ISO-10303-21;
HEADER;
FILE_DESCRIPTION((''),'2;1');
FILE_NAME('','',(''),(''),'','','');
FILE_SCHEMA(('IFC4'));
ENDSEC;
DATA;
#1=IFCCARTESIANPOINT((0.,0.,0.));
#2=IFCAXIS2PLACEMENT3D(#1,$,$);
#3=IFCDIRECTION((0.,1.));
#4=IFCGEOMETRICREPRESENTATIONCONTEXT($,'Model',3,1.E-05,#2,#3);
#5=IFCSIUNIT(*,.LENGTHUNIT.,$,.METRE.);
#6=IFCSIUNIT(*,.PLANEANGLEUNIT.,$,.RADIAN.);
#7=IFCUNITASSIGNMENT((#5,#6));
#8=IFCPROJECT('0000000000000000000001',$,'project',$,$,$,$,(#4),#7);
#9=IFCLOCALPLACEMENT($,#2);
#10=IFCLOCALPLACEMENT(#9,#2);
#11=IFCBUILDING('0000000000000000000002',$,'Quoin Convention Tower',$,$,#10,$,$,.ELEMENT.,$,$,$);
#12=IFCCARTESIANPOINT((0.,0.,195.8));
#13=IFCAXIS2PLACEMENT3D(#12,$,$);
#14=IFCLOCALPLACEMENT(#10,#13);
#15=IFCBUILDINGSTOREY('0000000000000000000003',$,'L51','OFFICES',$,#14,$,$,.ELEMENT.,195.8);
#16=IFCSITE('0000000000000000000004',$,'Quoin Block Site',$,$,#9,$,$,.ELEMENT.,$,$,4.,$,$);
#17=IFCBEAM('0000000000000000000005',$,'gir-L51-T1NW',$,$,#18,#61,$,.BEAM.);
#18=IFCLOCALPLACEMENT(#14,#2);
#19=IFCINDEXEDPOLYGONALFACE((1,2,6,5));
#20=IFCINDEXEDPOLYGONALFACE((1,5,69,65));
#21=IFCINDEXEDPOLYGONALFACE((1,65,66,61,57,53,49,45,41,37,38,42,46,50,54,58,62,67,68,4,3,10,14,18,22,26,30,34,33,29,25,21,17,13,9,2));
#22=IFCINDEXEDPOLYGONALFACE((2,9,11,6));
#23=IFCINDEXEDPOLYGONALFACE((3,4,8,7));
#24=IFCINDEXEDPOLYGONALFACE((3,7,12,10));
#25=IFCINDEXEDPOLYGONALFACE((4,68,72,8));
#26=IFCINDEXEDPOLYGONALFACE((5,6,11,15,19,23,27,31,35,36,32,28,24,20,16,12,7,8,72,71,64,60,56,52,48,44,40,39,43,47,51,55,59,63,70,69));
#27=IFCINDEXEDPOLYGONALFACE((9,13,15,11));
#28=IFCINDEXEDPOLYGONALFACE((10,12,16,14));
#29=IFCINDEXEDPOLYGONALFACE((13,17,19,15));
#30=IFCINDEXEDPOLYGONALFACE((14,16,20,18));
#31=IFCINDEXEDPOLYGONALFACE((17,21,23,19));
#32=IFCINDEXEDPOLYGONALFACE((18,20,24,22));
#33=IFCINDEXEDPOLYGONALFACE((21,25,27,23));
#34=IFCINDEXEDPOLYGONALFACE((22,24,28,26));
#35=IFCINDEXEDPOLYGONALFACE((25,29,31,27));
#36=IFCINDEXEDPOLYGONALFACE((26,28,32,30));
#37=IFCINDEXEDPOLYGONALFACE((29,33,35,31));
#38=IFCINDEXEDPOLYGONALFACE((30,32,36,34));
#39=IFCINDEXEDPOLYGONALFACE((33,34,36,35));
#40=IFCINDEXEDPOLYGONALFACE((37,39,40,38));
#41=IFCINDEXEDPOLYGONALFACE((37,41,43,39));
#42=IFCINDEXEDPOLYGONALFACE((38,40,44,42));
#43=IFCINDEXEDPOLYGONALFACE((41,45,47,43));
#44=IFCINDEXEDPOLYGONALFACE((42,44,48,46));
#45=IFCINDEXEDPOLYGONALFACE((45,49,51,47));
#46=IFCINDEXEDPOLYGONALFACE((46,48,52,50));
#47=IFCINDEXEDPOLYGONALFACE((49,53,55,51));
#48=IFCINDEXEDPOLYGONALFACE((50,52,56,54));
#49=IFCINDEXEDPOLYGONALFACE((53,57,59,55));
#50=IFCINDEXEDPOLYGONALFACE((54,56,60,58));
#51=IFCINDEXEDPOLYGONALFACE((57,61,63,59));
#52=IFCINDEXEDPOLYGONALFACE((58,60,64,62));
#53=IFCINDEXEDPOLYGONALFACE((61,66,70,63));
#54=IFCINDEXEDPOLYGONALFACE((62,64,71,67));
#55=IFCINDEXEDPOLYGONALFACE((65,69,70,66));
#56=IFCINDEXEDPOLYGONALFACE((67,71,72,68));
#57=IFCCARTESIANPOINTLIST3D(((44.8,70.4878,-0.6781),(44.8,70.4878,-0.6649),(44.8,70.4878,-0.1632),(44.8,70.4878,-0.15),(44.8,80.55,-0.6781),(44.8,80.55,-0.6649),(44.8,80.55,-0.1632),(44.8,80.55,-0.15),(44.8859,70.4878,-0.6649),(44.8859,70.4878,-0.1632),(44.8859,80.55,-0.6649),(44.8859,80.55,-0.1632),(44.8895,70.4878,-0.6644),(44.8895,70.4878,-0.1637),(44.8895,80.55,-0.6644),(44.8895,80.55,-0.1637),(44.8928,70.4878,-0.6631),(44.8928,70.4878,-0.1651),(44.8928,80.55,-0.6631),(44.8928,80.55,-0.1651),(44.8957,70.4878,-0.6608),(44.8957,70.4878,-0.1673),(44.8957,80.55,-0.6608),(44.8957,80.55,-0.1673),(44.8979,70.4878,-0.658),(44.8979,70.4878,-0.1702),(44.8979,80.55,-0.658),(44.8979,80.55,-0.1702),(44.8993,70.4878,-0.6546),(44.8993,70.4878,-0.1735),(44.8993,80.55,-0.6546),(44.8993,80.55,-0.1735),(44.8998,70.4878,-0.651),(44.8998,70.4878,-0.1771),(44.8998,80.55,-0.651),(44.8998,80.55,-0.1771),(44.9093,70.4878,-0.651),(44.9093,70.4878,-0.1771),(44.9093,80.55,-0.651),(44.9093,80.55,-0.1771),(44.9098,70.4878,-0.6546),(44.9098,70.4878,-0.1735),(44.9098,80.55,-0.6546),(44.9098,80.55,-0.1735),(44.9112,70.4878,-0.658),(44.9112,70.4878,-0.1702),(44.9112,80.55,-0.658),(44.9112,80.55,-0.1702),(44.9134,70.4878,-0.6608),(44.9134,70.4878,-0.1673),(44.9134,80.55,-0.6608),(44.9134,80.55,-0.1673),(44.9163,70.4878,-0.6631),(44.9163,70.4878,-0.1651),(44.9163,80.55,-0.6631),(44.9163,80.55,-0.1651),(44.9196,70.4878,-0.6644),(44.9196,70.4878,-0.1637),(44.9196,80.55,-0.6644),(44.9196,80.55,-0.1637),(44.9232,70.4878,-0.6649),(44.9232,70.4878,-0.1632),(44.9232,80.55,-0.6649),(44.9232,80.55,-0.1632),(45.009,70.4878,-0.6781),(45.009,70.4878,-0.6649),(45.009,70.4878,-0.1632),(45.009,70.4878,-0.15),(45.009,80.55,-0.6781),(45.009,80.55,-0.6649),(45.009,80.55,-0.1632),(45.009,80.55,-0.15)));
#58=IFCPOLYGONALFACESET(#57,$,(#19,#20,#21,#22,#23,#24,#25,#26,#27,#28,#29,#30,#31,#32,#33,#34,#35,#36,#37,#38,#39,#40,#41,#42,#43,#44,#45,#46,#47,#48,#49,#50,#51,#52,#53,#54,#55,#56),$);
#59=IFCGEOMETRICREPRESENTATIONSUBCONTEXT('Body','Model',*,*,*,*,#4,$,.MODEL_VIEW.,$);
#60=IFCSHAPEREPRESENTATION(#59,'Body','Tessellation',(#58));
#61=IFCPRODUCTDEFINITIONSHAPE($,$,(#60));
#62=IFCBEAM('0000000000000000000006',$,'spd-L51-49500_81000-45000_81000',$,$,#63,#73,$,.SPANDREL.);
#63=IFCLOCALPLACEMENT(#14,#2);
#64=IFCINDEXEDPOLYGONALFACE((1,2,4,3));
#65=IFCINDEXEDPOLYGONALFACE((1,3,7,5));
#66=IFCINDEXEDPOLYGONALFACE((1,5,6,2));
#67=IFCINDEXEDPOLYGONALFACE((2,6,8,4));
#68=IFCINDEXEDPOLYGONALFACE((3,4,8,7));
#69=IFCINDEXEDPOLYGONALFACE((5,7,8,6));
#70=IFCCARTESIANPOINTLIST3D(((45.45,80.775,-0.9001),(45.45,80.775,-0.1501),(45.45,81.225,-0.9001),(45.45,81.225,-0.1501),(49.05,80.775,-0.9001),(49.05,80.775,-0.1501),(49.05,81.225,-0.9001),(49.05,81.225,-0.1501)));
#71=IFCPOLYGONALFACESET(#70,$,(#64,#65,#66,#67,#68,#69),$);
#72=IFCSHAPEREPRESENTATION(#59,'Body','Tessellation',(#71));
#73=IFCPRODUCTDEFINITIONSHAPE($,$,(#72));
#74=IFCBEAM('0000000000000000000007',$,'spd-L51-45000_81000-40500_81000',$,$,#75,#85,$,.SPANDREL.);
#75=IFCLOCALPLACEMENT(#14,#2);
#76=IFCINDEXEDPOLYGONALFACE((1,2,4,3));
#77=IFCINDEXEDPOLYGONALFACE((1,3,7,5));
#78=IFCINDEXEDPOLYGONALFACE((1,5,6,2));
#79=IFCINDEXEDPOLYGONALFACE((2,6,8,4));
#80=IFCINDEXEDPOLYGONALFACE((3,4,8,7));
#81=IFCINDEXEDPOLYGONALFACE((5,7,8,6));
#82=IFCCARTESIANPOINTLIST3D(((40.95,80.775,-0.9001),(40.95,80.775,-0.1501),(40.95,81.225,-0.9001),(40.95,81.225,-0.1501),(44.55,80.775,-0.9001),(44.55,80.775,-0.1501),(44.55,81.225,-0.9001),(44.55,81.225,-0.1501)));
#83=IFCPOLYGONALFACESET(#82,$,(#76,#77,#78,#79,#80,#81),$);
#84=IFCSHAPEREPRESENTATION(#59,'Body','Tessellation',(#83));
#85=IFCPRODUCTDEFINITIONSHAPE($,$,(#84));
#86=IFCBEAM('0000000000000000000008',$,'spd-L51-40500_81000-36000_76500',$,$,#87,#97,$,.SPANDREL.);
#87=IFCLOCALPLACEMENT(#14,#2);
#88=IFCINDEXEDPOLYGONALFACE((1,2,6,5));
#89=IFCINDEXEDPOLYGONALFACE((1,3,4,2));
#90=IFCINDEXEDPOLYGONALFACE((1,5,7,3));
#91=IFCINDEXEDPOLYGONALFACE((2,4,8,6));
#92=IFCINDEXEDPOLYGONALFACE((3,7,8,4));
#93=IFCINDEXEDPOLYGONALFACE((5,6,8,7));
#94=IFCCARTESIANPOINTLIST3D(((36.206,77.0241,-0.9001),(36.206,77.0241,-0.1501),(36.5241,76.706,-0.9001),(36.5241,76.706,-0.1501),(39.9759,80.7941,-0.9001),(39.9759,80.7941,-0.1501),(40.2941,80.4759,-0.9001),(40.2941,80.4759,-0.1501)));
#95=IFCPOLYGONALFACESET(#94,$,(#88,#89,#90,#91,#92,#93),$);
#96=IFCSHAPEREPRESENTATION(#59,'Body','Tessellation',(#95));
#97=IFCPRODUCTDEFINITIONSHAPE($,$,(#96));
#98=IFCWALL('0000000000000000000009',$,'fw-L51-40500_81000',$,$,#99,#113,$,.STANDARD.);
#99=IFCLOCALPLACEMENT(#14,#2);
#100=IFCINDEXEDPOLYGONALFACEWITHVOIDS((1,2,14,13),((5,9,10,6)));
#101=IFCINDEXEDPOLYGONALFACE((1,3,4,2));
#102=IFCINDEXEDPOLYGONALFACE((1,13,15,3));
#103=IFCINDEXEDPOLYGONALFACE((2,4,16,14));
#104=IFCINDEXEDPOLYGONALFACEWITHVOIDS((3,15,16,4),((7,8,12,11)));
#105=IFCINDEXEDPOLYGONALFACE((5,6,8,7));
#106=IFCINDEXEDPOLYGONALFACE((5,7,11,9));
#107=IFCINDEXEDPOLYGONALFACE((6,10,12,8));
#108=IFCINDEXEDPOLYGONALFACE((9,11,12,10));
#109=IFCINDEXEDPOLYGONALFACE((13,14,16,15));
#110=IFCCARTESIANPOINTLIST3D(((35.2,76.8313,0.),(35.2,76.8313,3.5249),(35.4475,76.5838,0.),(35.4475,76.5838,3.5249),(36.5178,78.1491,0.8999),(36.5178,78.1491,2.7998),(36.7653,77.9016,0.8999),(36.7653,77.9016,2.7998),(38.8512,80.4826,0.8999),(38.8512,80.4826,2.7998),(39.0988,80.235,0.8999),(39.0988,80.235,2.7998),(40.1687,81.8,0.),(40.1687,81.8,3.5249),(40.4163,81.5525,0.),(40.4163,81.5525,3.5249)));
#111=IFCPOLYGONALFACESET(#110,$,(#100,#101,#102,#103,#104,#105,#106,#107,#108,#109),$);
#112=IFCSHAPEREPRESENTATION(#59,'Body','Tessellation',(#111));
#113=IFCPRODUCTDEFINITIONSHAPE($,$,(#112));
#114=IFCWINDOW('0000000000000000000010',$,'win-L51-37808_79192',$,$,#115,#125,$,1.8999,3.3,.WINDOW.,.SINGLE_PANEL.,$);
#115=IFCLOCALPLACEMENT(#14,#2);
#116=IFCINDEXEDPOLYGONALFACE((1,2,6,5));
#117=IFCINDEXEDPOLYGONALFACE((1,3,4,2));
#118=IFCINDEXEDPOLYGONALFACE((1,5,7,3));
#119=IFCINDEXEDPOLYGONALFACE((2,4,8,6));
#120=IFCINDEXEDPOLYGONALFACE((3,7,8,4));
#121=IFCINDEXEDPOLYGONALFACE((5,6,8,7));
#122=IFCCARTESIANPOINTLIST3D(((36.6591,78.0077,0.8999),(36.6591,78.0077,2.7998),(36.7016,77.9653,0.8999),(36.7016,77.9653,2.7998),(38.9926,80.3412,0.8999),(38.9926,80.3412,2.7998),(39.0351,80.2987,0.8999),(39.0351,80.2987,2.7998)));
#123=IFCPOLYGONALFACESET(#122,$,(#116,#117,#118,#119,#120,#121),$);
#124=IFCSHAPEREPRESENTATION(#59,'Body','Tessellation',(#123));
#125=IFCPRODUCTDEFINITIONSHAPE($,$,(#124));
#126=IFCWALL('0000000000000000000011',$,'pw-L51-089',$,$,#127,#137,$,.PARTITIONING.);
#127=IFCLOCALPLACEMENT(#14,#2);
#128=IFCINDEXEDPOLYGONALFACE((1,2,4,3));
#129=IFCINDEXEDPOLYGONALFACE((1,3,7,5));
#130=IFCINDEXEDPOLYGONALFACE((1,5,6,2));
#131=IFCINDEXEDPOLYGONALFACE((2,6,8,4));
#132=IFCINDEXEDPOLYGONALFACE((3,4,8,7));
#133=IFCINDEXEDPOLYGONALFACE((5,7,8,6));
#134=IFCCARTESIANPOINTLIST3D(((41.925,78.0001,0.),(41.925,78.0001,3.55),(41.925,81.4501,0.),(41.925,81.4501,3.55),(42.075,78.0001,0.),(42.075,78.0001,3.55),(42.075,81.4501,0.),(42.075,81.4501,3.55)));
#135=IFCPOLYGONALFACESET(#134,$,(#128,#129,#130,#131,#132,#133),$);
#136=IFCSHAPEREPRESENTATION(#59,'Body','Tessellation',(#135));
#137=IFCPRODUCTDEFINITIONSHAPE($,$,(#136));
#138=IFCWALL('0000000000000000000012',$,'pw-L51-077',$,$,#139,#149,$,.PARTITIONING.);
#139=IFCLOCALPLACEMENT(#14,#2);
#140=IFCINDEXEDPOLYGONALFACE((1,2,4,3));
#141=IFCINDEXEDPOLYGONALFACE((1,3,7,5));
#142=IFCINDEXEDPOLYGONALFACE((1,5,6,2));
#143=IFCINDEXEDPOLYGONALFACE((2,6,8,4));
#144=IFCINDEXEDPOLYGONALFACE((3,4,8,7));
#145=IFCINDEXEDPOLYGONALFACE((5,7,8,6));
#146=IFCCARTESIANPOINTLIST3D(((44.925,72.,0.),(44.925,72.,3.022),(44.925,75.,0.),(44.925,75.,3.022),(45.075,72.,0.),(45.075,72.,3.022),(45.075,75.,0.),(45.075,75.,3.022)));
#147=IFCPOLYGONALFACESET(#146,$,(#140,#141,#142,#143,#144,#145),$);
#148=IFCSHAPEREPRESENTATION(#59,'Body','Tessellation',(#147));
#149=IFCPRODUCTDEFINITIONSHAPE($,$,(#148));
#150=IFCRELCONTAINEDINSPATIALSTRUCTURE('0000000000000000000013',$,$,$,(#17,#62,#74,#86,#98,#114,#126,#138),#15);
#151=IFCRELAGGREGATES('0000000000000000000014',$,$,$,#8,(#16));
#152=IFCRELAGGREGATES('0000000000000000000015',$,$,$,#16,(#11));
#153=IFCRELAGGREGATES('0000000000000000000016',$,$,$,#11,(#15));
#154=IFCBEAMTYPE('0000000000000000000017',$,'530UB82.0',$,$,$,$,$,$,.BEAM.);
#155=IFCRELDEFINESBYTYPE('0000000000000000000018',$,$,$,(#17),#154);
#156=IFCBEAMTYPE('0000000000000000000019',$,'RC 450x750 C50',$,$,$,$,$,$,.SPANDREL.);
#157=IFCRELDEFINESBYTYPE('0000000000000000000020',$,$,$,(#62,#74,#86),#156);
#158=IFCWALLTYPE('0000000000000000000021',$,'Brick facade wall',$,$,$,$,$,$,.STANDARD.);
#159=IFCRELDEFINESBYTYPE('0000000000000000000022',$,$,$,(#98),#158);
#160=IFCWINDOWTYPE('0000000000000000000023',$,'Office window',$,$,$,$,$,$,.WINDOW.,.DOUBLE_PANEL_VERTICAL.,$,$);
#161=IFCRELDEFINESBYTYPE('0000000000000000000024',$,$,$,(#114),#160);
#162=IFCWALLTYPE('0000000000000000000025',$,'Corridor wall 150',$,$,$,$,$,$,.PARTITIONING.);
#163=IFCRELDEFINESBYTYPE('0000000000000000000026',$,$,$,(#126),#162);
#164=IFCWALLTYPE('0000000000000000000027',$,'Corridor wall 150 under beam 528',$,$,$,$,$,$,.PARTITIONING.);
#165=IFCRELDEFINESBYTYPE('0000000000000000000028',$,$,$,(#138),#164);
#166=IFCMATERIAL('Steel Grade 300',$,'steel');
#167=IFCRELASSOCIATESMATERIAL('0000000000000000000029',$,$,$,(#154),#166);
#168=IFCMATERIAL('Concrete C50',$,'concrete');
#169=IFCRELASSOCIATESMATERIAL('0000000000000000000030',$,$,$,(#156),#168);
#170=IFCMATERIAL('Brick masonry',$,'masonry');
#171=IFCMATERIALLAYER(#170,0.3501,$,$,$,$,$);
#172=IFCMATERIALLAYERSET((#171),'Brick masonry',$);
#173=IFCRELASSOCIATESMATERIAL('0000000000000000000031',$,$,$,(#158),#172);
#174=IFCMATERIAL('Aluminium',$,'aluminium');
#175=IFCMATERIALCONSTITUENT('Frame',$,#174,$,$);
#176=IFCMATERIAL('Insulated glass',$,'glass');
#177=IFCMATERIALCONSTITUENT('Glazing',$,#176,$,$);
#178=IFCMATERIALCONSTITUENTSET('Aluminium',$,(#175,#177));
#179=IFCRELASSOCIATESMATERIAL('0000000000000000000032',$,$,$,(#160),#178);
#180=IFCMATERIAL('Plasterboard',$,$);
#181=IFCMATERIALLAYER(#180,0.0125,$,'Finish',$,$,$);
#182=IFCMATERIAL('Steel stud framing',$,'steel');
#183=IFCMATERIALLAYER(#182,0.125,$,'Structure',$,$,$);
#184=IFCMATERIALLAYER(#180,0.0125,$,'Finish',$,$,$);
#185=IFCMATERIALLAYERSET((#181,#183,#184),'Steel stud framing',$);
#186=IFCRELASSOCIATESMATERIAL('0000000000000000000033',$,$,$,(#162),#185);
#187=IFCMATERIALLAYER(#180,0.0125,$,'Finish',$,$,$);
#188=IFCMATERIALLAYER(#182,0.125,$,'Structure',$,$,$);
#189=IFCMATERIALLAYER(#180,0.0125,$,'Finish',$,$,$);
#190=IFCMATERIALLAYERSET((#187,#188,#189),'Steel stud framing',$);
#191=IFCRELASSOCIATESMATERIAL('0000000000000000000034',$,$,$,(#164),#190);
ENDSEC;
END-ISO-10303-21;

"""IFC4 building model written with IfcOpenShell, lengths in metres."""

from ifc_helpers import new_model, si_unit, direction, frame, frame_2d, origin, origin_2d, place, context, subcontext, project, spatial, rectangle, i_section, extrude, material, layer, layer_set, constituent, constituent_set, material_profile, profile_set, type_object, element, fill, save


model = new_model("IFC4")

# Units and contexts
model_context = context("Model", 3, precision=1e-05, world=origin(), true_north=direction((0.0, 1.0)))
body_context = subcontext(model_context, "Body", "Model", "MODEL_VIEW")
ifc_project = project(units=[si_unit("LENGTHUNIT", "METRE"), si_unit("PLANEANGLEUNIT", "RADIAN")], contexts=[model_context])

# Site, building, storey
site_placement = place(None, origin())
site = spatial("IfcSite", under=ifc_project, at=site_placement, Name="Quoin Block Site", CompositionType="ELEMENT", RefElevation=4.0)
building_placement = place(site_placement, origin())
building = spatial("IfcBuilding", under=site, at=building_placement, Name="Quoin Convention Tower", CompositionType="ELEMENT")
storey_placement = place(building_placement, frame((0.0, 0.0, 195.8)))
storey = spatial("IfcBuildingStorey", under=building, at=storey_placement, Name="L51", Description="OFFICES", CompositionType="ELEMENT", Elevation=195.8)

# Shared definitions
ifc_material_1 = material(Name="Concrete C50", Category="concrete")

# Beams
ifc_material_2 = material(Name="Steel Grade 300", Category="steel")
ifc_material_profile_1 = material_profile(ifc_material_2, i_section(OverallWidth=0.209, OverallDepth=0.5281, WebThickness=0.0095, FlangeThickness=0.0132, FilletRadius=0.0139, at=origin_2d()), Name="530UB82.0")
ifc_profile_set_1 = profile_set([ifc_material_profile_1], Name="Steel Grade 300")
beam_type_1 = type_object("IfcBeamType", Name="530UB82.0", PredefinedType="BEAM", material=ifc_profile_set_1)
beam_1_placement = place(storey_placement, frame((44.9045, 80.55, -0.4141), z_axis=(0.0, -1.0, 0.0), x_axis=(1.0, 0.0, 0.0)))
element("IfcBeam", 1, at=beam_1_placement, inside=storey, type_object=beam_type_1, Name="gir-L51-T1NW", PredefinedType="BEAM", context=body_context, shape_type="SweptSolid", body=[
    extrude(i_section(OverallWidth=0.209, OverallDepth=0.5281, WebThickness=0.0095, FlangeThickness=0.0132, FilletRadius=0.0139, at=origin_2d()), origin(), (0.0, 0.0, 1.0), 10.0623),
])
ifc_material_profile_2 = material_profile(ifc_material_1, rectangle(XDim=0.45, YDim=0.75, at=origin_2d()), Name="RC 450x750")
ifc_profile_set_2 = profile_set([ifc_material_profile_2], Name="Concrete C50")
beam_type_2 = type_object("IfcBeamType", Name="RC 450x750 C50", PredefinedType="SPANDREL", material=ifc_profile_set_2)
for number, where, z_axis, x_axis, name in (
    (2, (49.05, 81.0, -0.5251), (-1.0, 0.0, 0.0), (0.0, -1.0, 0.0), "spd-L51-49500_81000-45000_81000"),
    (3, (44.55, 81.0, -0.5251), (-1.0, 0.0, 0.0), (0.0, -1.0, 0.0), "spd-L51-45000_81000-40500_81000"),
):
    element("IfcBeam", number, at=place(storey_placement, frame(where, z_axis=z_axis, x_axis=x_axis)), inside=storey, type_object=beam_type_2, Name=name, PredefinedType="SPANDREL", context=body_context, shape_type="SweptSolid", body=[
        extrude(rectangle(XDim=0.45, YDim=0.75, at=origin_2d()), origin(), (0.0, 0.0, 1.0), 3.6001),
    ])
beam_2_placement = place(storey_placement, frame((40.135, 80.635, -0.5251), z_axis=(-0.707107, -0.707107, 0.0), x_axis=(0.707107, -0.707107, 0.0)))
element("IfcBeam", 4, at=beam_2_placement, inside=storey, type_object=beam_type_2, Name="spd-L51-40500_81000-36000_76500", PredefinedType="SPANDREL", context=body_context, shape_type="SweptSolid", body=[
    extrude(rectangle(XDim=0.45, YDim=0.75, at=origin_2d()), origin(), (0.0, 0.0, 1.0), 5.3315),
])

# Wall, opening, window
ifc_material_3 = material(Name="Brick masonry", Category="masonry")
ifc_layer_1 = layer(ifc_material_3, 0.3501)
ifc_layer_set_1 = layer_set([ifc_layer_1], Name="Brick masonry")
wall_type_1 = type_object("IfcWallType", Name="Brick facade wall", PredefinedType="STANDARD", material=ifc_layer_set_1)
wall_1_placement = place(storey_placement, frame((40.2925, 81.6763, 0.0), z_axis=(0.0, 0.0, 1.0), x_axis=(-0.707107, -0.707107, 0.0)))
wall_1 = element("IfcWall", 5, at=wall_1_placement, inside=storey, type_object=wall_type_1, Name="fw-L51-40500_81000", PredefinedType="STANDARD", context=body_context, shape_type="SweptSolid", body=[
    extrude(rectangle(XDim=7.0269, YDim=0.3501, at=frame_2d((3.5134, 0.0))), origin(), (0.0, 0.0, 1.0), 3.5249),
])
opening_1_placement = place(wall_1_placement, frame((1.8633, 0.0, 0.8999)))
opening_1 = element("IfcOpeningElement", 6, at=opening_1_placement, cuts=wall_1, PredefinedType="OPENING", context=body_context, shape_type="SweptSolid", body=[
    extrude(rectangle(XDim=3.3, YDim=1.8999, at=frame_2d((1.6499, 0.95))), frame((0.0, 0.1851, 0.0), z_axis=(0.0, -1.0, 0.0), x_axis=(1.0, 0.0, 0.0)), (0.0, 0.0, 1.0), 0.3701),
])
ifc_material_4 = material(Name="Aluminium", Category="aluminium")
ifc_constituent_1 = constituent(ifc_material_4, Name="Frame")
ifc_material_5 = material(Name="Insulated glass", Category="glass")
ifc_constituent_2 = constituent(ifc_material_5, Name="Glazing")
ifc_constituent_set = constituent_set(constituents=[ifc_constituent_1, ifc_constituent_2], Name="Aluminium")
window_type = type_object("IfcWindowType", Name="Office window", PartitioningType="DOUBLE_PANEL_VERTICAL", PredefinedType="WINDOW", material=ifc_constituent_set)
window_placement = place(opening_1_placement, origin())
window = element("IfcWindow", 7, at=window_placement, inside=storey, type_object=window_type, Name="win-L51-37808_79192", OverallHeight=1.8999, OverallWidth=3.3, PartitioningType="SINGLE_PANEL", PredefinedType="WINDOW", context=body_context, shape_type="SweptSolid", body=[
    extrude(rectangle(XDim=3.3, YDim=1.8999, at=frame_2d((1.6499, 0.95))), frame((0.0, 0.085, 0.0), z_axis=(0.0, -1.0, 0.0), x_axis=(1.0, 0.0, 0.0)), (0.0, 0.0, 1.0), 0.0601),
])
fill(opening_1, window)

# Walls
ifc_material_6 = material(Name="Plasterboard")
ifc_layer_2 = layer(ifc_material_6, 0.0125, Name="Finish")
ifc_material_7 = material(Name="Steel stud framing", Category="steel")
ifc_layer_3 = layer(ifc_material_7, 0.125, Name="Structure")
ifc_layer_4 = layer(ifc_material_6, 0.0125, Name="Finish")
ifc_layer_set_2 = layer_set([ifc_layer_2, ifc_layer_3, ifc_layer_4], Name="Steel stud framing")
wall_type_2 = type_object("IfcWallType", Name="Corridor wall 150", PredefinedType="PARTITIONING", material=ifc_layer_set_2)
wall_2_placement = place(storey_placement, frame((42.0, 78.0, 0.0), z_axis=(0.0, 0.0, 1.0), x_axis=(0.0, 1.0, 0.0)))
element("IfcWall", 8, at=wall_2_placement, inside=storey, type_object=wall_type_2, Name="pw-L51-089", PredefinedType="PARTITIONING", context=body_context, shape_type="SweptSolid", body=[
    extrude(rectangle(XDim=3.45, YDim=0.1499, at=frame_2d((1.7251, 0.0))), origin(), (0.0, 0.0, 1.0), 3.55),
])
ifc_layer_5 = layer(ifc_material_6, 0.0125, Name="Finish")
ifc_layer_6 = layer(ifc_material_7, 0.125, Name="Structure")
ifc_layer_7 = layer(ifc_material_6, 0.0125, Name="Finish")
ifc_layer_set_3 = layer_set([ifc_layer_5, ifc_layer_6, ifc_layer_7], Name="Steel stud framing")
wall_type_3 = type_object("IfcWallType", Name="Corridor wall 150 under beam 528", PredefinedType="PARTITIONING", material=ifc_layer_set_3)
wall_3_placement = place(storey_placement, frame((45.0, 72.0, 0.0), z_axis=(0.0, 0.0, 1.0), x_axis=(0.0, 1.0, 0.0)))
element("IfcWall", 9, at=wall_3_placement, inside=storey, type_object=wall_type_3, Name="pw-L51-077", PredefinedType="PARTITIONING", context=body_context, shape_type="SweptSolid", body=[
    extrude(rectangle(XDim=3.0, YDim=0.1499, at=frame_2d((1.5, 0.0))), origin(), (0.0, 0.0, 1.0), 3.022),
])

save(model, "model.ifc")
